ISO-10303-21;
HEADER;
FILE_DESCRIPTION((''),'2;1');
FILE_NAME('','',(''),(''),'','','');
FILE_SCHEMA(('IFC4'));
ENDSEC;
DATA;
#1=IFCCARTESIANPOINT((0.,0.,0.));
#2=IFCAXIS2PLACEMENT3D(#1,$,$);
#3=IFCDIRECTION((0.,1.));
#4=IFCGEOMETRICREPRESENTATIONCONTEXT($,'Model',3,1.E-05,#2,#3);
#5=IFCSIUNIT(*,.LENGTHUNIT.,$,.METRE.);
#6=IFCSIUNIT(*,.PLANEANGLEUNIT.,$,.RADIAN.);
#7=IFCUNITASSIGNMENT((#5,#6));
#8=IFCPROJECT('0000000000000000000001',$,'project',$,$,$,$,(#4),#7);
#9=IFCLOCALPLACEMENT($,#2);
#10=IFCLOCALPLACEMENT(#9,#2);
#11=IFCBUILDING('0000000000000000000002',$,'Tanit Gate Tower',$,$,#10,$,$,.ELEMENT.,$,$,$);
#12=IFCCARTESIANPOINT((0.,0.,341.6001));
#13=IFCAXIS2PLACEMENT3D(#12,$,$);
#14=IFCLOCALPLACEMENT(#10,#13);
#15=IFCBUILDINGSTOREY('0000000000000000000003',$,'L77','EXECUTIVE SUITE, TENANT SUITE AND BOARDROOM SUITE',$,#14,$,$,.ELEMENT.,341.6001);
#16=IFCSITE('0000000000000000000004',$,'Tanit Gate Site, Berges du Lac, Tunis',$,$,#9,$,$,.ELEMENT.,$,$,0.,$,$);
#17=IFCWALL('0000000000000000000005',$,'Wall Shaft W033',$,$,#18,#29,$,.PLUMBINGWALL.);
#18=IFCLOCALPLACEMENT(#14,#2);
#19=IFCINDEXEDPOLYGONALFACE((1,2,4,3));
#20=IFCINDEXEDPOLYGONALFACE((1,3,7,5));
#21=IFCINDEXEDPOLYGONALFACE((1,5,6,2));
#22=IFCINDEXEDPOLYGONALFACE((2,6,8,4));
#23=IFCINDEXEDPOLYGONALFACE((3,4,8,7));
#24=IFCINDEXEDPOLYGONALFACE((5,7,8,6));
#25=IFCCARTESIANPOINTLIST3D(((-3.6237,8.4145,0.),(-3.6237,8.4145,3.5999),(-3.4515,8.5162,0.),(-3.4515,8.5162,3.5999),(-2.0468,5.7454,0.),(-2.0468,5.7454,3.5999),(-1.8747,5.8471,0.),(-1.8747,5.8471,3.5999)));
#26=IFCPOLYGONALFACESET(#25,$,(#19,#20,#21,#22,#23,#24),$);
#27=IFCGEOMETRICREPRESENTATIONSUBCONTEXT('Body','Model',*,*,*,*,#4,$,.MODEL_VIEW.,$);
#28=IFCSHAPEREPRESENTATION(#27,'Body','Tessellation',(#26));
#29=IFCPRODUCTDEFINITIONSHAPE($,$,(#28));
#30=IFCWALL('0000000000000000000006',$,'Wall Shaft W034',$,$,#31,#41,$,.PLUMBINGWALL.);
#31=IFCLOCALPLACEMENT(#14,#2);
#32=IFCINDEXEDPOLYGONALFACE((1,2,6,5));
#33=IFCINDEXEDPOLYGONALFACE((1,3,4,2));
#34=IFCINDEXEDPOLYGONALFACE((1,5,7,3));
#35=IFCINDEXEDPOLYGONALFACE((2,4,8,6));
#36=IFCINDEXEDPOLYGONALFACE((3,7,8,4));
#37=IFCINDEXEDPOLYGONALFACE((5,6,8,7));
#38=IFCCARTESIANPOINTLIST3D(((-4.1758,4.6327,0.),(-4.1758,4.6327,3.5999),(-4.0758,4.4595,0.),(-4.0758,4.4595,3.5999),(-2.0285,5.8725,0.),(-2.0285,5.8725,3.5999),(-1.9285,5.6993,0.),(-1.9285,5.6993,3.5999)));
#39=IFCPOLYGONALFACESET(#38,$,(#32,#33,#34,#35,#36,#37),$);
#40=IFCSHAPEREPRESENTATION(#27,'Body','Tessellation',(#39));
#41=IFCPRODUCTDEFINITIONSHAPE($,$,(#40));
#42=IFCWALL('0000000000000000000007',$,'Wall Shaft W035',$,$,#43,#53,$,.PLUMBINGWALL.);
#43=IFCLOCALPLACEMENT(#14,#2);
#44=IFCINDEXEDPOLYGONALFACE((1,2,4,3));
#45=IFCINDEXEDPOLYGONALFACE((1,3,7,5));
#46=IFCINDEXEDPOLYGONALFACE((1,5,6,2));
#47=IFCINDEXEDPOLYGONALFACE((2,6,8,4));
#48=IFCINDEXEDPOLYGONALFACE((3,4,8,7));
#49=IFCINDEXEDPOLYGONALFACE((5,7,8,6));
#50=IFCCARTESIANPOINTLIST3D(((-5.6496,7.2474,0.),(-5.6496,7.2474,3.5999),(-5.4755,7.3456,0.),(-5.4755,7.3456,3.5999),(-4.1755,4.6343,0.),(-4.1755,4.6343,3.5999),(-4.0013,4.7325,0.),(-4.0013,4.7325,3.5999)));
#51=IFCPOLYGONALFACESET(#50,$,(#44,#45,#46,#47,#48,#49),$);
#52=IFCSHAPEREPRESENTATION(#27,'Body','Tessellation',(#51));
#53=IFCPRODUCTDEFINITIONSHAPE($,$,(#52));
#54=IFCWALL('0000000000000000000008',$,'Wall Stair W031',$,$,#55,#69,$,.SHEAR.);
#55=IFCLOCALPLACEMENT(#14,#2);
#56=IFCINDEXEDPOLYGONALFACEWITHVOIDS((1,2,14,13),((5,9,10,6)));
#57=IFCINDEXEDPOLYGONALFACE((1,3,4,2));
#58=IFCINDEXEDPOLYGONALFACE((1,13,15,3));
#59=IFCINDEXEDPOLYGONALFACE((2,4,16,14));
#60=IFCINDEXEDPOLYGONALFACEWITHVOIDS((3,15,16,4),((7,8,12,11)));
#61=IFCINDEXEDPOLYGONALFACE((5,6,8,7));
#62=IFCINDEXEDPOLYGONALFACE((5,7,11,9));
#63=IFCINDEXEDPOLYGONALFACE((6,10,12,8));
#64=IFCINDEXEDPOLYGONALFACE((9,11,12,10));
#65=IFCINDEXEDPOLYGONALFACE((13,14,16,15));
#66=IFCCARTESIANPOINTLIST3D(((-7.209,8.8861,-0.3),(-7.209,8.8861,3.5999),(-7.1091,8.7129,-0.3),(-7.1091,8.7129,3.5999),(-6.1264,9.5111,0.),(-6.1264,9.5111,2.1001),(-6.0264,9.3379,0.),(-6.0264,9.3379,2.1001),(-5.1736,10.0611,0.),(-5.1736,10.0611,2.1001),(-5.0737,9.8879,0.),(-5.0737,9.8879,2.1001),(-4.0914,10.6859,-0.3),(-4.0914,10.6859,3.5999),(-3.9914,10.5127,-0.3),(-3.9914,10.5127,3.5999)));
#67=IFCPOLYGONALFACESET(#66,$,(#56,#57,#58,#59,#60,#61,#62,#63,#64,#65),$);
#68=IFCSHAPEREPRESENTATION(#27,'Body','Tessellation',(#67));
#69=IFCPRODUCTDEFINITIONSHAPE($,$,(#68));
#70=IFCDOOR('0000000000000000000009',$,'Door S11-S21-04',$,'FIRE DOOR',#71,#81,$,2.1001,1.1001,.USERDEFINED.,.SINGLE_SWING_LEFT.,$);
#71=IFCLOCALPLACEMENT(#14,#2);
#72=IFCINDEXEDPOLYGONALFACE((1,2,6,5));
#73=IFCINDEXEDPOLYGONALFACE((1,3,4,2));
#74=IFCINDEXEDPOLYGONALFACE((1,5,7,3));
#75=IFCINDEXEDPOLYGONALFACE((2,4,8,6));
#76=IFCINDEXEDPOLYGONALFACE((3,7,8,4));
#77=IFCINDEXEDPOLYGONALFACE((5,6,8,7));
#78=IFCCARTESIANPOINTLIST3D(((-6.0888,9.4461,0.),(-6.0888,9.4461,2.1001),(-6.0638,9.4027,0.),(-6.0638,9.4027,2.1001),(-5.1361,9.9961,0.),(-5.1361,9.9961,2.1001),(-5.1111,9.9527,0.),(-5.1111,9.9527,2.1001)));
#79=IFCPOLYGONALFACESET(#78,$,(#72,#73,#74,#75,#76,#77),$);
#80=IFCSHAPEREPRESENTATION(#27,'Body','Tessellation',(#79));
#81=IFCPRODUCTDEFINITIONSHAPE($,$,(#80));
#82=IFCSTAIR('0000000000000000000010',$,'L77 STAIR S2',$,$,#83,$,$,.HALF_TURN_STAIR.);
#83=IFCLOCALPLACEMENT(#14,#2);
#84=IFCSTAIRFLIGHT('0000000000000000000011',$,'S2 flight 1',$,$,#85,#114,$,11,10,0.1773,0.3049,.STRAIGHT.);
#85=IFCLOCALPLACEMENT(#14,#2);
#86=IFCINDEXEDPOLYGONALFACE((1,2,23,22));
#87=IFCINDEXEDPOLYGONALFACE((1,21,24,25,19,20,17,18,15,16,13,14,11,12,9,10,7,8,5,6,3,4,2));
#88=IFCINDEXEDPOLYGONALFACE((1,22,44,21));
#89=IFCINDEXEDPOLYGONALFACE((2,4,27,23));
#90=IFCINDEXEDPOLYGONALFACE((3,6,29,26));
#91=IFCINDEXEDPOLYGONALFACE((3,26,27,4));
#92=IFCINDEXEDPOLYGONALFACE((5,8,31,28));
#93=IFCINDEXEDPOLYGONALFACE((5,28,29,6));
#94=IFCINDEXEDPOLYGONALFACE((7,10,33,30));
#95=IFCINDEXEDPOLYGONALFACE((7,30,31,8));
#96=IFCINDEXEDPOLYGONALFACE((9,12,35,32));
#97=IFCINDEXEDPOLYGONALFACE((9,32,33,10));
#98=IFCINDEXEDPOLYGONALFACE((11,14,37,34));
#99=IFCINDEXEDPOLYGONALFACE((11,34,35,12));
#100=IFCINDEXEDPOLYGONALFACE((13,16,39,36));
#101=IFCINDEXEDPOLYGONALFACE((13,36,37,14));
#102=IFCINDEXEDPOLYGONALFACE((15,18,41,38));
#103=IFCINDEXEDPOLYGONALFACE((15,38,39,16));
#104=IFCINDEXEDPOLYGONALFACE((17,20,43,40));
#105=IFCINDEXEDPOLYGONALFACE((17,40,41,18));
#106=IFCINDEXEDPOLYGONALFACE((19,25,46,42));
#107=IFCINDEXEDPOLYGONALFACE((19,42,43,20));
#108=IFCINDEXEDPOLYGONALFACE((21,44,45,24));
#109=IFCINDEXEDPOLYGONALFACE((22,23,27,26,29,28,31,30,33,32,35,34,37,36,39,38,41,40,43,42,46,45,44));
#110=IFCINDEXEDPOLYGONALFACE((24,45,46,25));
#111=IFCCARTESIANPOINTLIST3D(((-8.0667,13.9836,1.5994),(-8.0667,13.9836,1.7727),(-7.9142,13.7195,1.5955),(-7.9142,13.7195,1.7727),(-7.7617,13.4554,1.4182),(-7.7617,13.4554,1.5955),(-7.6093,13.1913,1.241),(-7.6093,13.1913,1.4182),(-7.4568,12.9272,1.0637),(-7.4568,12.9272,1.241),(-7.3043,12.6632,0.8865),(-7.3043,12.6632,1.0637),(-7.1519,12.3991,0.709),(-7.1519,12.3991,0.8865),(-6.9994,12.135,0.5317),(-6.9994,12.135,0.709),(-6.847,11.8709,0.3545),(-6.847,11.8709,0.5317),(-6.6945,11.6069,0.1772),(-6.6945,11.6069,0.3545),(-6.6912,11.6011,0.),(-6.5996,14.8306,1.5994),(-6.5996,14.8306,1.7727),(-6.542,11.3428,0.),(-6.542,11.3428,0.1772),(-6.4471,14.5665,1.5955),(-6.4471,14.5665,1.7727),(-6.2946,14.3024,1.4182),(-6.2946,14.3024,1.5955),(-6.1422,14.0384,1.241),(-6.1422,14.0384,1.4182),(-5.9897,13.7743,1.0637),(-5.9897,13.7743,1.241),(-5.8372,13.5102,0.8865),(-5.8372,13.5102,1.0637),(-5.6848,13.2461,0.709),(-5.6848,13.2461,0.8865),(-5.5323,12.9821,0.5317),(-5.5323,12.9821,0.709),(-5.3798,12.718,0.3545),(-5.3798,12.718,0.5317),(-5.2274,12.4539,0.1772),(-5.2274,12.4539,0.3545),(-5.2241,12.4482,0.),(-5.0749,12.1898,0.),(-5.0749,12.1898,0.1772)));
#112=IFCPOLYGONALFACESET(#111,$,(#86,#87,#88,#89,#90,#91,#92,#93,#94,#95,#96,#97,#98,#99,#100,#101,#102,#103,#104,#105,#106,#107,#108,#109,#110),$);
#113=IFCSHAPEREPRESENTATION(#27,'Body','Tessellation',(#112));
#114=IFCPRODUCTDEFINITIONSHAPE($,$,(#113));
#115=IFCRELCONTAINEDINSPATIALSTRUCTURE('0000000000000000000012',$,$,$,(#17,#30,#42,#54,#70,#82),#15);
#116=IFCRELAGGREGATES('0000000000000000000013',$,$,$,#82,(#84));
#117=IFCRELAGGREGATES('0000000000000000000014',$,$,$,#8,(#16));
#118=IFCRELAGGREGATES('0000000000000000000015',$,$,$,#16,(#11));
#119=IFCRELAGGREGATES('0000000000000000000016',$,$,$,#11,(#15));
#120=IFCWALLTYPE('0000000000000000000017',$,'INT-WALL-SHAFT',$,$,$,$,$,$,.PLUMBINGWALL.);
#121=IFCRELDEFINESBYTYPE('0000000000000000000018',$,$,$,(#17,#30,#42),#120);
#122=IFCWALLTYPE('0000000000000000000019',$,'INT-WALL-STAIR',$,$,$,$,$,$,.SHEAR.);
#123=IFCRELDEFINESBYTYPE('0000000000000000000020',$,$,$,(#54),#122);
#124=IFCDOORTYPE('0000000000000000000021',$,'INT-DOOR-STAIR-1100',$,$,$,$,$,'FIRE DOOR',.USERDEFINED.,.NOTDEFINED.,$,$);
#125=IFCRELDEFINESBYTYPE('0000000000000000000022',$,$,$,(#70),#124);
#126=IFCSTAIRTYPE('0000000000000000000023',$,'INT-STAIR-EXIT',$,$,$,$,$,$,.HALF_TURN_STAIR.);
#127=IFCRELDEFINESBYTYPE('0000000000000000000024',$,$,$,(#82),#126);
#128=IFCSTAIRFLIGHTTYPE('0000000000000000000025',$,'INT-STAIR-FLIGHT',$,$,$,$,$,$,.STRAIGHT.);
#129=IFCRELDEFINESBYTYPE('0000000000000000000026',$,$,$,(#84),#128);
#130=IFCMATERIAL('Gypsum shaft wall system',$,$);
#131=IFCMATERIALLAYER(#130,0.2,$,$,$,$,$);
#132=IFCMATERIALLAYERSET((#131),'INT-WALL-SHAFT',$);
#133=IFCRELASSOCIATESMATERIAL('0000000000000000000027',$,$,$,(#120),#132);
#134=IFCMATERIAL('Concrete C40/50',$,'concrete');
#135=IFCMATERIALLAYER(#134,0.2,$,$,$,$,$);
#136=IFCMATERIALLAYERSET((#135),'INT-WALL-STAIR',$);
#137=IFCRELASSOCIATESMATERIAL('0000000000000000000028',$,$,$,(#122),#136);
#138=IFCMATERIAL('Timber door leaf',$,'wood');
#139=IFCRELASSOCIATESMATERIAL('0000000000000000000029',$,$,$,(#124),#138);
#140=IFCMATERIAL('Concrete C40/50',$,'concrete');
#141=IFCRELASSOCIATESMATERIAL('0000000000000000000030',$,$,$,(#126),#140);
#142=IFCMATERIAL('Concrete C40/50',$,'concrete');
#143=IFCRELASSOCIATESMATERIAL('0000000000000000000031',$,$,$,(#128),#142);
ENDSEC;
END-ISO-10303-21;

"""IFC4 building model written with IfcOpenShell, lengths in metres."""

from ifc_helpers import new_model, si_unit, direction, frame, frame_2d, origin, place, context, subcontext, project, spatial, polyline, rectangle, outline, extrude, material, layer, layer_set, type_object, element, fill, aggregate, save


model = new_model("IFC4")

# Units and contexts
model_context = context("Model", 3, precision=1e-05, world=origin(), true_north=direction((0.0, 1.0)))
body_context = subcontext(model_context, "Body", "Model", "MODEL_VIEW")
ifc_project = project(units=[si_unit("LENGTHUNIT", "METRE"), si_unit("PLANEANGLEUNIT", "RADIAN")], contexts=[model_context])

# Site, building, storey
site_placement = place(None, origin())
site = spatial("IfcSite", under=ifc_project, at=site_placement, Name="Tanit Gate Site, Berges du Lac, Tunis", CompositionType="ELEMENT", RefElevation=0.0)
building_placement = place(site_placement, origin())
building = spatial("IfcBuilding", under=site, at=building_placement, Name="Tanit Gate Tower", CompositionType="ELEMENT")
storey_placement = place(building_placement, frame((0.0, 0.0, 341.6001)))
storey = spatial("IfcBuildingStorey", under=building, at=storey_placement, Name="L77", Description="EXECUTIVE SUITE, TENANT SUITE AND BOARDROOM SUITE", CompositionType="ELEMENT", Elevation=341.6001)

# Shared definitions
ifc_material_1 = material(Name="Gypsum shaft wall system")
ifc_layer_1 = layer(ifc_material_1, 0.2)
ifc_layer_set_1 = layer_set([ifc_layer_1], Name="INT-WALL-SHAFT")
wall_type_1 = type_object("IfcWallType", Name="INT-WALL-SHAFT", PredefinedType="PLUMBINGWALL", material=ifc_layer_set_1)

# Walls
wall_1_placement = place(storey_placement, frame((-3.5376, 8.4653, 0.0), z_axis=(0.0, 0.0, 1.0), x_axis=(0.508647, -0.860975, 0.0)))
element("IfcWall", 1, at=wall_1_placement, inside=storey, type_object=wall_type_1, Name="Wall Shaft W033", PredefinedType="PLUMBINGWALL", context=body_context, shape_type="SweptSolid", body=[
    extrude(rectangle(XDim=3.1001, YDim=0.2, at=frame_2d((1.55, 0.0))), origin(), (0.0, 0.0, 1.0), 3.5999),
])
wall_2_placement = place(storey_placement, frame((-1.9785, 5.7859, 0.0), z_axis=(0.0, 0.0, 1.0), x_axis=(-0.866017, -0.500015, 0.0)))
element("IfcWall", 2, at=wall_2_placement, inside=storey, type_object=wall_type_1, Name="Wall Shaft W034", PredefinedType="PLUMBINGWALL", context=body_context, shape_type="SweptSolid", body=[
    extrude(rectangle(XDim=2.4795, YDim=0.2, at=frame_2d((1.2397, 0.0))), origin(), (0.0, 0.0, 1.0), 3.5999),
])
wall_3_placement = place(storey_placement, frame((-5.5625, 7.2964, 0.0), z_axis=(0.0, 0.0, 1.0), x_axis=(0.491347, -0.870964, 0.0)))
element("IfcWall", 3, at=wall_3_placement, inside=storey, type_object=wall_type_1, Name="Wall Shaft W035", PredefinedType="PLUMBINGWALL", context=body_context, shape_type="SweptSolid", body=[
    extrude(rectangle(XDim=3.0002, YDim=0.2, at=frame_2d((1.5, 0.0))), origin(), (0.0, 0.0, 1.0), 3.5999),
])

# Wall, opening, door
ifc_material_2 = material(Name="Concrete C40/50", Category="concrete")
ifc_layer_2 = layer(ifc_material_2, 0.2)
ifc_layer_set_2 = layer_set([ifc_layer_2], Name="INT-WALL-STAIR")
wall_type_2 = type_object("IfcWallType", Name="INT-WALL-STAIR", PredefinedType="SHEAR", material=ifc_layer_set_2)
wall_4_placement = place(storey_placement, frame((-7.1589, 8.7996, -0.3), z_axis=(0.0, 0.0, 1.0), x_axis=(0.866048, 0.499961, 0.0)))
wall_4 = element("IfcWall", 4, at=wall_4_placement, inside=storey, type_object=wall_type_2, Name="Wall Stair W031", PredefinedType="SHEAR", context=body_context, shape_type="SweptSolid", body=[
    extrude(rectangle(XDim=3.5999, YDim=0.2, at=frame_2d((1.7998, 0.0))), origin(), (0.0, 0.0, 1.0), 3.8999),
])
opening_1_placement = place(wall_4_placement, frame((1.25, 0.0, 0.3)))
opening_1 = element("IfcOpeningElement", 5, at=opening_1_placement, cuts=wall_4, PredefinedType="OPENING", context=body_context, shape_type="SweptSolid", body=[
    extrude(rectangle(XDim=1.1001, YDim=2.1001, at=frame_2d((0.55, 1.05))), frame((0.0, 0.1099, 0.0), z_axis=(0.0, -1.0, 0.0), x_axis=(1.0, 0.0, 0.0)), (0.0, 0.0, 1.0), 0.22),
])
ifc_material_3 = material(Name="Timber door leaf", Category="wood")
door_type_1 = type_object("IfcDoorType", Name="INT-DOOR-STAIR-1100", ElementType="FIRE DOOR", OperationType="NOTDEFINED", PredefinedType="USERDEFINED", material=ifc_material_3)
door_1_placement = place(opening_1_placement, origin())
door_1 = element("IfcDoor", 6, at=door_1_placement, inside=storey, type_object=door_type_1, Name="Door S11-S21-04", ObjectType="FIRE DOOR", OperationType="SINGLE_SWING_LEFT", OverallHeight=2.1001, OverallWidth=1.1001, PredefinedType="USERDEFINED", context=body_context, shape_type="SweptSolid", body=[
    extrude(rectangle(XDim=1.1001, YDim=2.1001, at=frame_2d((0.55, 1.05))), frame((0.0, 0.0249, 0.0), z_axis=(0.0, -1.0, 0.0), x_axis=(1.0, 0.0, 0.0)), (0.0, 0.0, 1.0), 0.05),
])
fill(opening_1, door_1)

# Stair, stair flight
ifc_material_4 = material(Name="Concrete C40/50", Category="concrete")
stair_type = type_object("IfcStairType", Name="INT-STAIR-EXIT", PredefinedType="HALF_TURN_STAIR", material=ifc_material_4)
stair_placement = place(storey_placement, origin())
stair = element("IfcStair", 7, at=stair_placement, inside=storey, type_object=stair_type, Name="L77 STAIR S2", PredefinedType="HALF_TURN_STAIR")
ifc_material_5 = material(Name="Concrete C40/50", Category="concrete")
stair_flight_type = type_object("IfcStairFlightType", Name="INT-STAIR-FLIGHT", PredefinedType="STRAIGHT", material=ifc_material_5)
stair_flight_placement = place(storey_placement, frame((-5.8083, 11.7664, 0.0), z_axis=(0.0, 0.0, 1.0), x_axis=(-0.5, 0.866025, 0.0)))
stair_flight = element("IfcStairFlight", 8, at=stair_flight_placement, type_object=stair_flight_type, Name="S2 flight 1", NumberOfRisers=11, NumberOfTreads=10, PredefinedType="STRAIGHT", RiserHeight=0.1773, TreadLength=0.3049, context=body_context, shape_type="SweptSolid", body=[
    extrude(outline(polyline([(0.0, 0.0), (0.0, 0.1772), (0.3049, 0.1772), (0.3049, 0.3545), (0.6099, 0.3545), (0.6099, 0.5317), (0.9148, 0.5317), (0.9148, 0.709), (1.2197, 0.709), (1.2197, 0.8865), (1.5247, 0.8865), (1.5247, 1.0637), (1.8296, 1.0637), (1.8296, 1.241), (2.1345, 1.241), (2.1345, 1.4182), (2.4395, 1.4182), (2.4395, 1.5955), (2.7444, 1.5955), (2.7444, 1.7727), (3.0493, 1.7727), (3.0493, 1.95), (3.0493, 1.5994), (0.2983, 0.0), (0.0, 0.0)])), frame((0.0, 0.8472, 0.0), z_axis=(0.0, -1.0, 0.0), x_axis=(1.0, 0.0, 0.0)), (0.0, 0.0, 1.0), 1.6941),
])
aggregate(stair, [stair_flight])

save(model, "model.ifc")
